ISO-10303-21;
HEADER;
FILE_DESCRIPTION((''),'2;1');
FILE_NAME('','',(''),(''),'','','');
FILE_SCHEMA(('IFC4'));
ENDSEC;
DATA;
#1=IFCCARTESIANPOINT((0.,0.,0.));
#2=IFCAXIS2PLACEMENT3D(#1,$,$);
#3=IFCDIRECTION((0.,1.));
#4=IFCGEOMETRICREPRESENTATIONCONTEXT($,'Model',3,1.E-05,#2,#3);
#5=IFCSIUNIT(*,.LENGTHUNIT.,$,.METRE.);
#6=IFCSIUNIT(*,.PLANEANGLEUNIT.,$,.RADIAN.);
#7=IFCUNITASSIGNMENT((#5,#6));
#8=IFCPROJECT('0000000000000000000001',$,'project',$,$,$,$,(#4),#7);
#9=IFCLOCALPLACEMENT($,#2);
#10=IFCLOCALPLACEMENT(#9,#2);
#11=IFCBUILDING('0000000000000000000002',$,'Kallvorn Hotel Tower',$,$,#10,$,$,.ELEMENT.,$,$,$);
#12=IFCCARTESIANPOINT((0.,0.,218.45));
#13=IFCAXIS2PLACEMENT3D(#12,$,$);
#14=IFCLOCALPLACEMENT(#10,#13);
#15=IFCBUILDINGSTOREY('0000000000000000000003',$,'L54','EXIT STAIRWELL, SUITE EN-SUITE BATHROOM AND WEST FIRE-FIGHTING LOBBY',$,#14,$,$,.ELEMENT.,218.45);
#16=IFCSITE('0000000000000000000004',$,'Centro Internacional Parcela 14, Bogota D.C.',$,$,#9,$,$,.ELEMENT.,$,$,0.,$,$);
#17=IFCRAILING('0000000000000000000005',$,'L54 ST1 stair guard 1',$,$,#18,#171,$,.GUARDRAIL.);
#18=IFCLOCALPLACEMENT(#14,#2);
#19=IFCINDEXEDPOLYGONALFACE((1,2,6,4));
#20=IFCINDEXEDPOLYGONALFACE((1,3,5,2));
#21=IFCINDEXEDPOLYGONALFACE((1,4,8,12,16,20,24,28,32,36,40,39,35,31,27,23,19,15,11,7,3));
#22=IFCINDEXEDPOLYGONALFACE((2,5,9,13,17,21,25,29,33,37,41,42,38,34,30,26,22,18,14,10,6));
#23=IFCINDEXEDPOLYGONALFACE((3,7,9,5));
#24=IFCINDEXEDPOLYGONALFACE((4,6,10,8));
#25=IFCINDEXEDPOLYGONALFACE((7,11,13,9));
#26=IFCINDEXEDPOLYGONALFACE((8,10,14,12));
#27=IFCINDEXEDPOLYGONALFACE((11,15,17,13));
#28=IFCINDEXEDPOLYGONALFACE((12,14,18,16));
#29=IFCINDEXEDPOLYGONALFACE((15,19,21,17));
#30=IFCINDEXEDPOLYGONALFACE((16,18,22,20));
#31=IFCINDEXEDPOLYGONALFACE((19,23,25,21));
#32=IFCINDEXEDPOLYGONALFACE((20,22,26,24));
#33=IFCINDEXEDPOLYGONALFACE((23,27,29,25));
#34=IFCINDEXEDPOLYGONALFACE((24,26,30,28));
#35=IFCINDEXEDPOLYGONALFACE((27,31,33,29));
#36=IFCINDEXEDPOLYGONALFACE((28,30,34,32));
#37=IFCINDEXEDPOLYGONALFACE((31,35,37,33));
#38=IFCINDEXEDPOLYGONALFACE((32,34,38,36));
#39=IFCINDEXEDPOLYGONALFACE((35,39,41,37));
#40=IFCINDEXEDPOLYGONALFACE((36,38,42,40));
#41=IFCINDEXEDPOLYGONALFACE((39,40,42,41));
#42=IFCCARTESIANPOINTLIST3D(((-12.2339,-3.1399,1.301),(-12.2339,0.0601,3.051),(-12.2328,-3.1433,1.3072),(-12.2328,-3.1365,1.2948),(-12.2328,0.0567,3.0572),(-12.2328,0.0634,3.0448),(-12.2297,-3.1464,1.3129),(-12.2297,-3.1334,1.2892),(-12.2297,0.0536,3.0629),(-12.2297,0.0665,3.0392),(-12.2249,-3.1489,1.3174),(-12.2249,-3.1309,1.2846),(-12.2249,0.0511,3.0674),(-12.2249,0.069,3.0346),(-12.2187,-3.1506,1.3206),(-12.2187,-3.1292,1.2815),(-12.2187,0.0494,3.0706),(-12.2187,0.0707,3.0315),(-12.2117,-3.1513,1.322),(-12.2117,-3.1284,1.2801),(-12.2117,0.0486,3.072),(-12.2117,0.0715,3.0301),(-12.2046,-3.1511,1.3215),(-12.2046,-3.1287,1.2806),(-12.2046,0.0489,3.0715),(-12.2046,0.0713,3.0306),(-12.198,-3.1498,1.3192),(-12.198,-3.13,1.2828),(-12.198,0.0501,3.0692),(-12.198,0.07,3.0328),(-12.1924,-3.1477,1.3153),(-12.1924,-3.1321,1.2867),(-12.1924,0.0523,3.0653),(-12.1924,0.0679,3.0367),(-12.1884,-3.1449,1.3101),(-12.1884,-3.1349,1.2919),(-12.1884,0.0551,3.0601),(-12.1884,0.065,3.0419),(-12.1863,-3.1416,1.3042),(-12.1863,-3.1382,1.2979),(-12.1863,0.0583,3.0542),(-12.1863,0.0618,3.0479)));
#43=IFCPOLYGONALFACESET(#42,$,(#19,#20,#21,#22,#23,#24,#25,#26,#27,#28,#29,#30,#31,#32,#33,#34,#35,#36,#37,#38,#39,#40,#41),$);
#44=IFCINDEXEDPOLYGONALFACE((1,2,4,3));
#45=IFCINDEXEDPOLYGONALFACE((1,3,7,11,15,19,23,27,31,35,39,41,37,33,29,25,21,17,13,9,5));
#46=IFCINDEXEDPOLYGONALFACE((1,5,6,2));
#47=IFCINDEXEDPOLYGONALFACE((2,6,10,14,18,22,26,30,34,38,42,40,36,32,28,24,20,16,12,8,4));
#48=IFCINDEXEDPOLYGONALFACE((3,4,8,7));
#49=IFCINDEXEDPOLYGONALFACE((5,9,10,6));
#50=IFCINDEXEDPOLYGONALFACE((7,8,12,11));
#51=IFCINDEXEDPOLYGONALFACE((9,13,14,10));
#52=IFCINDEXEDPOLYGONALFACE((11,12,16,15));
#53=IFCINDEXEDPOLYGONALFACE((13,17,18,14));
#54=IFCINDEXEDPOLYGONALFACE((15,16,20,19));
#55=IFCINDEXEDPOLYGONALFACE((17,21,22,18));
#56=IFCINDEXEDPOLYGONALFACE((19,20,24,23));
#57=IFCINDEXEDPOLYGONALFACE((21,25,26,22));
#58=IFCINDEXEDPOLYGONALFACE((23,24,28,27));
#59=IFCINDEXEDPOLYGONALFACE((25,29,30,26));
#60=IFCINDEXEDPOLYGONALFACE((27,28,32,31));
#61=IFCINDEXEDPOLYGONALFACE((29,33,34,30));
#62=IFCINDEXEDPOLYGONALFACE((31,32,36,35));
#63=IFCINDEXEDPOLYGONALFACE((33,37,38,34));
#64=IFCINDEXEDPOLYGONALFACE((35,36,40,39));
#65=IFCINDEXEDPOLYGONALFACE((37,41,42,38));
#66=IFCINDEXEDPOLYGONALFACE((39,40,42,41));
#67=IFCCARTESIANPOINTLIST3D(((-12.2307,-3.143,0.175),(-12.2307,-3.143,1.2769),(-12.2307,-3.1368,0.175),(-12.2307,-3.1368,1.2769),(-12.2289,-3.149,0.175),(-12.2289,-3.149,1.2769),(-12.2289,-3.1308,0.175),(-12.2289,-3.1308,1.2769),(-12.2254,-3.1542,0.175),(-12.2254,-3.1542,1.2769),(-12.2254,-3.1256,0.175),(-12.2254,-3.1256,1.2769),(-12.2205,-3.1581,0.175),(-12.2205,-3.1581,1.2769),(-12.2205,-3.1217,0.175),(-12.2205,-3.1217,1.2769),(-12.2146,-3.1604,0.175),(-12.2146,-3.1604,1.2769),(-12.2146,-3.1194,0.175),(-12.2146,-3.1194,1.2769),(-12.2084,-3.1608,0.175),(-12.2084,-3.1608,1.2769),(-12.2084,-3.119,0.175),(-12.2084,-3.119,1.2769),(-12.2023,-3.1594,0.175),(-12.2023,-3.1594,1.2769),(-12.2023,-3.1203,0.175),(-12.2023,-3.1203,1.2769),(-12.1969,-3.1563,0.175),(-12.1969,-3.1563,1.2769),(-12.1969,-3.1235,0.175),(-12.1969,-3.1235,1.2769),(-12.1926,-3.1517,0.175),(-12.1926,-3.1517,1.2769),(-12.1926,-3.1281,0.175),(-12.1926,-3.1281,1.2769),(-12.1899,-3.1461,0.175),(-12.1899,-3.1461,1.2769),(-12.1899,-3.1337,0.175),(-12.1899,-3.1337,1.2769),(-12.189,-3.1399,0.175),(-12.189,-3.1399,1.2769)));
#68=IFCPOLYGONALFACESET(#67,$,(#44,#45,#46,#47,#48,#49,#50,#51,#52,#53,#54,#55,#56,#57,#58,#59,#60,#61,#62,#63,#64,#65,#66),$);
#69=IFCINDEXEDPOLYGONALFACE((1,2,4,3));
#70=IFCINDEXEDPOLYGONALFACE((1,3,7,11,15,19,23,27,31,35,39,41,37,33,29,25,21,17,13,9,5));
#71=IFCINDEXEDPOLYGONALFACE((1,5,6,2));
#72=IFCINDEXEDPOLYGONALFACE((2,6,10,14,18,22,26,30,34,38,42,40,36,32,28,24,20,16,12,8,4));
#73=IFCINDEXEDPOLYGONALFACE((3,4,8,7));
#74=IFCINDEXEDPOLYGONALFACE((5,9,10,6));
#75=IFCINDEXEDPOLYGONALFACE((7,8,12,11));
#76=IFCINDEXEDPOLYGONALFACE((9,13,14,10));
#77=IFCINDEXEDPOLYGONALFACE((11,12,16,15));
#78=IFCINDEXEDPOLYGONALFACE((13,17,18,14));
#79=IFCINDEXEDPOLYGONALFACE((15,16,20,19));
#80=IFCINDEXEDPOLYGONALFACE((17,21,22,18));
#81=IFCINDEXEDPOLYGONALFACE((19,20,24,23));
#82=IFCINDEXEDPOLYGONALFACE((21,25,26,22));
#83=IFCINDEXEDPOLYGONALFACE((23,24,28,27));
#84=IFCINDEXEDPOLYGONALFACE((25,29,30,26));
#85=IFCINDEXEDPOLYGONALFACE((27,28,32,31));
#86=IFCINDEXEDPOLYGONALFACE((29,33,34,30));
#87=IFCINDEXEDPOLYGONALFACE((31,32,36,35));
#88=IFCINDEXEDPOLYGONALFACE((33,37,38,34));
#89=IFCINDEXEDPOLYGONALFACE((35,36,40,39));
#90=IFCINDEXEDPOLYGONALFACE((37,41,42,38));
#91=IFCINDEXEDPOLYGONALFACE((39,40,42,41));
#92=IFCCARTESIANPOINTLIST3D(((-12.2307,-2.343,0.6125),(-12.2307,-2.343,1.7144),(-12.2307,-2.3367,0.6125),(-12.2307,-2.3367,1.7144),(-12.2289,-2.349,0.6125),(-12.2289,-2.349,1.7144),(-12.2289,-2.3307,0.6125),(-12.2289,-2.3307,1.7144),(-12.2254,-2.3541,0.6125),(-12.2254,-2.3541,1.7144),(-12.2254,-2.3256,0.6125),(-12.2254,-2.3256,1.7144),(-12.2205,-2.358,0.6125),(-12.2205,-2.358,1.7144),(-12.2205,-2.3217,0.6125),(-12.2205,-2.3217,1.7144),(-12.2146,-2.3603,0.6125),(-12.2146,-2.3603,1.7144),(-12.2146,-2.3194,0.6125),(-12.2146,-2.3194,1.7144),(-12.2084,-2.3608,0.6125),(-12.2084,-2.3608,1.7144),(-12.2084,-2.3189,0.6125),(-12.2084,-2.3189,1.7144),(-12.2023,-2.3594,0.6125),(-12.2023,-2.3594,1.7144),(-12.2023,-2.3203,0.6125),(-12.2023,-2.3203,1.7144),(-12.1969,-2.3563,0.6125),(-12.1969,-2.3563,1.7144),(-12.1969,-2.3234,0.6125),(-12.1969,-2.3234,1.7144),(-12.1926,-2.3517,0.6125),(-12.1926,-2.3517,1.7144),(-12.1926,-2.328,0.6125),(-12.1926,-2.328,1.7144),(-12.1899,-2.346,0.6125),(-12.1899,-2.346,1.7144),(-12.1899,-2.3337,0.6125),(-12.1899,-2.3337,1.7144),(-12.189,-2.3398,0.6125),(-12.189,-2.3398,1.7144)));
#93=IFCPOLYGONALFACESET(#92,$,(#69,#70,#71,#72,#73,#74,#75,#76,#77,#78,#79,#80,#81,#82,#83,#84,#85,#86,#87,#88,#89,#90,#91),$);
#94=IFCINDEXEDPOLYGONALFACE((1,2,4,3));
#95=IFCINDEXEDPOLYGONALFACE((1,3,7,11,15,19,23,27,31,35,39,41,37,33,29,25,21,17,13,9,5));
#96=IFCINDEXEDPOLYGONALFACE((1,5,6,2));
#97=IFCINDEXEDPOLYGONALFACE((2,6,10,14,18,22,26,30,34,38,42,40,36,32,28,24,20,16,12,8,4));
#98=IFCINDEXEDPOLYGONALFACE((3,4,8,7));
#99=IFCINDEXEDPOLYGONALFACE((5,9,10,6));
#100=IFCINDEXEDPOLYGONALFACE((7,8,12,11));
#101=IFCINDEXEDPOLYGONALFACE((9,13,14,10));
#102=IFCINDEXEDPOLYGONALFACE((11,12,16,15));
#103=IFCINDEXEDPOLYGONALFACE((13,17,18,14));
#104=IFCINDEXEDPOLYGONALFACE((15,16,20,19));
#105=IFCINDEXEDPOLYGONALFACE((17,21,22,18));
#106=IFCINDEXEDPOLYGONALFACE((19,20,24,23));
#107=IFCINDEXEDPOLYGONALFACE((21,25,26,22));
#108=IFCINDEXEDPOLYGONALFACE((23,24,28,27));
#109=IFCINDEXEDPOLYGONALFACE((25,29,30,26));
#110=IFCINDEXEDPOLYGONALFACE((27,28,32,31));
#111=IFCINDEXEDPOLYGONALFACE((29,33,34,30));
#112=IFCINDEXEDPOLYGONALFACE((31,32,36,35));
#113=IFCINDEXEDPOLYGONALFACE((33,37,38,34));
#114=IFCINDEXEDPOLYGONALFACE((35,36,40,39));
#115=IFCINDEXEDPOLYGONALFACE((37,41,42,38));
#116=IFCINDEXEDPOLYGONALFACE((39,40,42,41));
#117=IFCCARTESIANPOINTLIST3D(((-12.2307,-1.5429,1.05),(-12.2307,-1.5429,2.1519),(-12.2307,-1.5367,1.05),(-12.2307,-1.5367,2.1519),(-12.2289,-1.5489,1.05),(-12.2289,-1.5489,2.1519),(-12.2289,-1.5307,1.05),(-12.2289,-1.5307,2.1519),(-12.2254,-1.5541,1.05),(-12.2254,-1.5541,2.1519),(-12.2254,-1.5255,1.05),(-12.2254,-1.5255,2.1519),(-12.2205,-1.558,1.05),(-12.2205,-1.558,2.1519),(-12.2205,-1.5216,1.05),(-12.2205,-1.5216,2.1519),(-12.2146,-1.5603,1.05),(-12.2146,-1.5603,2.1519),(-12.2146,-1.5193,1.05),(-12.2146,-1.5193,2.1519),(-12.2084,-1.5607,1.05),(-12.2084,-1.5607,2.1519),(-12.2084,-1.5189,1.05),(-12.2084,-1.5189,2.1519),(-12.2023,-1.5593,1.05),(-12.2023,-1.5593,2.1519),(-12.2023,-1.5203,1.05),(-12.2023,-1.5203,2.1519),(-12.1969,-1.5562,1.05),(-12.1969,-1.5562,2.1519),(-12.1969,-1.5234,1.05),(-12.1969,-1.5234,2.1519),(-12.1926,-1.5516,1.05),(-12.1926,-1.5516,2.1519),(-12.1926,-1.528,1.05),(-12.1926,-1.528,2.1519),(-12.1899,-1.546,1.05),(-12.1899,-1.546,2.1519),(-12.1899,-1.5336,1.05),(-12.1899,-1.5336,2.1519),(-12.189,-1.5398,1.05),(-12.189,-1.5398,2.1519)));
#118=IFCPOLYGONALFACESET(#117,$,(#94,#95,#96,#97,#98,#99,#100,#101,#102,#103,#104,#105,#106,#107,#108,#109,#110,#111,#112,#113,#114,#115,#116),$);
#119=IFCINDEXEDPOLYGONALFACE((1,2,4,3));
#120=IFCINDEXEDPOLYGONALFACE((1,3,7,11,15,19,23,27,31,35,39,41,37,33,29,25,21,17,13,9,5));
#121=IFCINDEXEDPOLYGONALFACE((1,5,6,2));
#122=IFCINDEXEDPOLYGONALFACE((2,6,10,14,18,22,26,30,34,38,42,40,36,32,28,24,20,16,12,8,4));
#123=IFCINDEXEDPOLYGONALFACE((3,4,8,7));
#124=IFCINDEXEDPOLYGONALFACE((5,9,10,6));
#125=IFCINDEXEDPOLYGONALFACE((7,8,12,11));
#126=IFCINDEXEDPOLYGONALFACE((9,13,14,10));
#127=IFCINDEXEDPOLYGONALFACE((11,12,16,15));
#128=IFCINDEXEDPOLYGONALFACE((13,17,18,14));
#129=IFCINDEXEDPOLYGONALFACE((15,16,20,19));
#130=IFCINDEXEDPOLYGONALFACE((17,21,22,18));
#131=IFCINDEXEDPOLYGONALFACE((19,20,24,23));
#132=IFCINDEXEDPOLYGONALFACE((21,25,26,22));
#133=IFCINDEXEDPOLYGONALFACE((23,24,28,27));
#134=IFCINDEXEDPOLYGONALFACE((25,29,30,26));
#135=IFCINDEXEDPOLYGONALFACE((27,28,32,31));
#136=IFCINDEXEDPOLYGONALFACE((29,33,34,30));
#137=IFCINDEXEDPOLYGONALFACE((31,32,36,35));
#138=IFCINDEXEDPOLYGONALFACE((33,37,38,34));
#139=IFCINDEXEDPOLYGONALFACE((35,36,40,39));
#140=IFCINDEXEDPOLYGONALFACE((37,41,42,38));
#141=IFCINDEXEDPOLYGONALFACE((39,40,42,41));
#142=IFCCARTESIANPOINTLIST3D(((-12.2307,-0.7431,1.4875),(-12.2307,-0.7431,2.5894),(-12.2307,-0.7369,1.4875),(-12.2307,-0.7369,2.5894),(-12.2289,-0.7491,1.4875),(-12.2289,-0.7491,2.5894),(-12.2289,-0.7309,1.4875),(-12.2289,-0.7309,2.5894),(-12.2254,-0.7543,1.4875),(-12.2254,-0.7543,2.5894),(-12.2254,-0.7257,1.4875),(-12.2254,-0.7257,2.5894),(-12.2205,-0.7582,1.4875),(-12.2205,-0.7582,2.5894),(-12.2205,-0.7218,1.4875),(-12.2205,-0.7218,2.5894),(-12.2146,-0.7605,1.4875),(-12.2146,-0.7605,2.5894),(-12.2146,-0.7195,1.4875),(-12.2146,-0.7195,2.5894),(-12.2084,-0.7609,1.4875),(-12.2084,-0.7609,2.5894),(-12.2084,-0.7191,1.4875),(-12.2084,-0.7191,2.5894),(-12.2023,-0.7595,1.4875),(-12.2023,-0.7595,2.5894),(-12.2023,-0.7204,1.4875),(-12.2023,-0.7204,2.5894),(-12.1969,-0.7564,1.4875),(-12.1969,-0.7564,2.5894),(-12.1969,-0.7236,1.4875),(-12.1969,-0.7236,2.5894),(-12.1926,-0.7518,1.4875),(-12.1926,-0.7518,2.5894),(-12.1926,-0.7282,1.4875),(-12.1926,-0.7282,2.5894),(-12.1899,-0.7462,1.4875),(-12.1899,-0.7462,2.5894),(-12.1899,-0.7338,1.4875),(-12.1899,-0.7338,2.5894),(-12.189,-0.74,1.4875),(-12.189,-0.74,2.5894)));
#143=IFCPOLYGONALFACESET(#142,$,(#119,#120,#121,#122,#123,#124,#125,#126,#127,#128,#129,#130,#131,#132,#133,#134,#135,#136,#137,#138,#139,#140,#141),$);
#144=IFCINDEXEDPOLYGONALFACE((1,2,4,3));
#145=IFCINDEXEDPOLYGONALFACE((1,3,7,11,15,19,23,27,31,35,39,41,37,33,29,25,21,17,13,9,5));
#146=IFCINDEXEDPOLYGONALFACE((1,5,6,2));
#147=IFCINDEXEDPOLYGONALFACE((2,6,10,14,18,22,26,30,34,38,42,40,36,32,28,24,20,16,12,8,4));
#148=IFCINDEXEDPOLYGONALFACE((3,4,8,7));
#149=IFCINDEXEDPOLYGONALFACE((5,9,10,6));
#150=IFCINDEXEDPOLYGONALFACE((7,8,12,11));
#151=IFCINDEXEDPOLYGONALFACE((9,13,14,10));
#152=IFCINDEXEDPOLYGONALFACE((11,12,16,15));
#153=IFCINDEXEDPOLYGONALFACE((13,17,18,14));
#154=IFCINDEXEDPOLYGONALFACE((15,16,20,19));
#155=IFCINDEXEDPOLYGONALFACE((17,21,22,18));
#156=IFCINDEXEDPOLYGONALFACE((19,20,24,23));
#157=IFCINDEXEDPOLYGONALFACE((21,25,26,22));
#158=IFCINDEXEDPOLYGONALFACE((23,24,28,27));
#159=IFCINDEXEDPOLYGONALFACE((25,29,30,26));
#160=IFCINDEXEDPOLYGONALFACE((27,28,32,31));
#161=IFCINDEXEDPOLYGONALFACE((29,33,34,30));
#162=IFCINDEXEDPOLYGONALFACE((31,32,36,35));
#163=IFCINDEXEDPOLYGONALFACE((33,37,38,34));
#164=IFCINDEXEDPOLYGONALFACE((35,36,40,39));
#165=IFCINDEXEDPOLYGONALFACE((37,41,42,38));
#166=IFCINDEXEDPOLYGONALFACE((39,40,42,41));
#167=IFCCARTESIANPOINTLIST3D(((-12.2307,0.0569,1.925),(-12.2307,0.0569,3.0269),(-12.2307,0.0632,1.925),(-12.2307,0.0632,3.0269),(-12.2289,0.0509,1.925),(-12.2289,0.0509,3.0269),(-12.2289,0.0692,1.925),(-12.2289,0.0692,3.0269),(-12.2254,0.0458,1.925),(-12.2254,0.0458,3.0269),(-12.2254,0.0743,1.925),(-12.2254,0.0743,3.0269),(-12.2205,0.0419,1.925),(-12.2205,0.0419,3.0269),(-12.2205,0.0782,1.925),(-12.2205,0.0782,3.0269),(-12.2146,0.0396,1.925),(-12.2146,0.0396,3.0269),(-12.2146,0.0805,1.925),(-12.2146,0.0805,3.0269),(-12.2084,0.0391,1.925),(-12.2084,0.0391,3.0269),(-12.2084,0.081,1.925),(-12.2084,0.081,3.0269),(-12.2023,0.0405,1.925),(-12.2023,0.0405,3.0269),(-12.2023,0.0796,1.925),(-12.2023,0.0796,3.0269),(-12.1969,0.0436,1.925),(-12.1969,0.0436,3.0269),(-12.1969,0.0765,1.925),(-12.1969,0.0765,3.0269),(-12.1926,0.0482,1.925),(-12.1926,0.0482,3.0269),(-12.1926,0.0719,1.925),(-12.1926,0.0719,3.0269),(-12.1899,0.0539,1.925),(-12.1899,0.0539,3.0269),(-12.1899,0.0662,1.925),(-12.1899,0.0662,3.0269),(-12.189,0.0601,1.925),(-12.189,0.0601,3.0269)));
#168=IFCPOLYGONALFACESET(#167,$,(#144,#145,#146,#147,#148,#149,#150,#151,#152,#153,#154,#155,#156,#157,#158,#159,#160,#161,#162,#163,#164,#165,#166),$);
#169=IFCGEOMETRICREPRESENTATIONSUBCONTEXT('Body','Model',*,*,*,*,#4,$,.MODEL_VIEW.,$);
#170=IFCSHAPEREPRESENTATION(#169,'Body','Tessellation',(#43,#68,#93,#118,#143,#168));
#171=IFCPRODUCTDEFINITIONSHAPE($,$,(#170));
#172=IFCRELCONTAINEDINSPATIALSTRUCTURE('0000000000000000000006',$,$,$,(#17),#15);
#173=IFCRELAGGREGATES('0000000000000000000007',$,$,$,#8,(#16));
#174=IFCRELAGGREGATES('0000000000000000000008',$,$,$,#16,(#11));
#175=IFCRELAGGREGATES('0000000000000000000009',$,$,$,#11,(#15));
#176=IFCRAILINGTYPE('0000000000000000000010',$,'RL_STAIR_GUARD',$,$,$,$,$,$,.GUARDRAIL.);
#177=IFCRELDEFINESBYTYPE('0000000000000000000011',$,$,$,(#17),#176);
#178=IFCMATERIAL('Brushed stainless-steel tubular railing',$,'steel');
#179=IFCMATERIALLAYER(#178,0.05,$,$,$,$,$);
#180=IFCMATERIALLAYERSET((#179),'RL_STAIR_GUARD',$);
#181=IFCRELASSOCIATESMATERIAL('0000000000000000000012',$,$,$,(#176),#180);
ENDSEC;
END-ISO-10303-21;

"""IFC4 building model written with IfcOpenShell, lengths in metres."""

from ifc_helpers import new_model, si_unit, direction, frame, origin, origin_2d, place, context, subcontext, project, spatial, circle, extrude, material, layer, layer_set, type_object, element, save


model = new_model("IFC4")

# Units and contexts
model_context = context("Model", 3, precision=1e-05, world=origin(), true_north=direction((0.0, 1.0)))
body_context = subcontext(model_context, "Body", "Model", "MODEL_VIEW")
ifc_project = project(units=[si_unit("LENGTHUNIT", "METRE"), si_unit("PLANEANGLEUNIT", "RADIAN")], contexts=[model_context])

# Site, building, storey
site_placement = place(None, origin())
site = spatial("IfcSite", under=ifc_project, at=site_placement, Name="Centro Internacional Parcela 14, Bogota D.C.", CompositionType="ELEMENT", RefElevation=0.0)
building_placement = place(site_placement, origin())
building = spatial("IfcBuilding", under=site, at=building_placement, Name="Kallvorn Hotel Tower", CompositionType="ELEMENT")
storey_placement = place(building_placement, frame((0.0, 0.0, 218.45)))
storey = spatial("IfcBuildingStorey", under=building, at=storey_placement, Name="L54", Description="EXIT STAIRWELL, SUITE EN-SUITE BATHROOM AND WEST FIRE-FIGHTING LOBBY", CompositionType="ELEMENT", Elevation=218.45)

# Railing
ifc_material_1 = material(Name="Brushed stainless-steel tubular railing", Category="steel")
ifc_layer_1 = layer(ifc_material_1, 0.05)
ifc_layer_set_1 = layer_set([ifc_layer_1], Name="RL_STAIR_GUARD")
railing_type_1 = type_object("IfcRailingType", Name="RL_STAIR_GUARD", PredefinedType="GUARDRAIL", material=ifc_layer_set_1)
railing_1_placement = place(storey_placement, frame((-12.21, -3.1399, 0.175)))
element("IfcRailing", 1, at=railing_1_placement, inside=storey, type_object=railing_type_1, Name="L54 ST1 stair guard 1", PredefinedType="GUARDRAIL", context=body_context, shape_type="SweptSolid", body=[
    extrude(circle(Radius=0.0239, at=origin_2d()), frame((0.0, 0.0, 1.126), z_axis=(0.0, 0.877368, 0.479818), x_axis=(-1.0, 0.0, 0.0)), (0.0, 0.0, 1.0), 3.6472),
    extrude(circle(Radius=0.021, at=origin_2d()), origin(), (0.0, 0.0, 1.0), 1.1018),
    extrude(circle(Radius=0.021, at=origin_2d()), frame((0.0, 0.8, 0.4375)), (0.0, 0.0, 1.0), 1.1018),
    extrude(circle(Radius=0.021, at=origin_2d()), frame((0.0, 1.6001, 0.875)), (0.0, 0.0, 1.0), 1.1018),
    extrude(circle(Radius=0.021, at=origin_2d()), frame((0.0, 2.3999, 1.3125)), (0.0, 0.0, 1.0), 1.1018),
    extrude(circle(Radius=0.021, at=origin_2d()), frame((0.0, 3.2, 1.75)), (0.0, 0.0, 1.0), 1.1018),
])

save(model, "model.ifc")
